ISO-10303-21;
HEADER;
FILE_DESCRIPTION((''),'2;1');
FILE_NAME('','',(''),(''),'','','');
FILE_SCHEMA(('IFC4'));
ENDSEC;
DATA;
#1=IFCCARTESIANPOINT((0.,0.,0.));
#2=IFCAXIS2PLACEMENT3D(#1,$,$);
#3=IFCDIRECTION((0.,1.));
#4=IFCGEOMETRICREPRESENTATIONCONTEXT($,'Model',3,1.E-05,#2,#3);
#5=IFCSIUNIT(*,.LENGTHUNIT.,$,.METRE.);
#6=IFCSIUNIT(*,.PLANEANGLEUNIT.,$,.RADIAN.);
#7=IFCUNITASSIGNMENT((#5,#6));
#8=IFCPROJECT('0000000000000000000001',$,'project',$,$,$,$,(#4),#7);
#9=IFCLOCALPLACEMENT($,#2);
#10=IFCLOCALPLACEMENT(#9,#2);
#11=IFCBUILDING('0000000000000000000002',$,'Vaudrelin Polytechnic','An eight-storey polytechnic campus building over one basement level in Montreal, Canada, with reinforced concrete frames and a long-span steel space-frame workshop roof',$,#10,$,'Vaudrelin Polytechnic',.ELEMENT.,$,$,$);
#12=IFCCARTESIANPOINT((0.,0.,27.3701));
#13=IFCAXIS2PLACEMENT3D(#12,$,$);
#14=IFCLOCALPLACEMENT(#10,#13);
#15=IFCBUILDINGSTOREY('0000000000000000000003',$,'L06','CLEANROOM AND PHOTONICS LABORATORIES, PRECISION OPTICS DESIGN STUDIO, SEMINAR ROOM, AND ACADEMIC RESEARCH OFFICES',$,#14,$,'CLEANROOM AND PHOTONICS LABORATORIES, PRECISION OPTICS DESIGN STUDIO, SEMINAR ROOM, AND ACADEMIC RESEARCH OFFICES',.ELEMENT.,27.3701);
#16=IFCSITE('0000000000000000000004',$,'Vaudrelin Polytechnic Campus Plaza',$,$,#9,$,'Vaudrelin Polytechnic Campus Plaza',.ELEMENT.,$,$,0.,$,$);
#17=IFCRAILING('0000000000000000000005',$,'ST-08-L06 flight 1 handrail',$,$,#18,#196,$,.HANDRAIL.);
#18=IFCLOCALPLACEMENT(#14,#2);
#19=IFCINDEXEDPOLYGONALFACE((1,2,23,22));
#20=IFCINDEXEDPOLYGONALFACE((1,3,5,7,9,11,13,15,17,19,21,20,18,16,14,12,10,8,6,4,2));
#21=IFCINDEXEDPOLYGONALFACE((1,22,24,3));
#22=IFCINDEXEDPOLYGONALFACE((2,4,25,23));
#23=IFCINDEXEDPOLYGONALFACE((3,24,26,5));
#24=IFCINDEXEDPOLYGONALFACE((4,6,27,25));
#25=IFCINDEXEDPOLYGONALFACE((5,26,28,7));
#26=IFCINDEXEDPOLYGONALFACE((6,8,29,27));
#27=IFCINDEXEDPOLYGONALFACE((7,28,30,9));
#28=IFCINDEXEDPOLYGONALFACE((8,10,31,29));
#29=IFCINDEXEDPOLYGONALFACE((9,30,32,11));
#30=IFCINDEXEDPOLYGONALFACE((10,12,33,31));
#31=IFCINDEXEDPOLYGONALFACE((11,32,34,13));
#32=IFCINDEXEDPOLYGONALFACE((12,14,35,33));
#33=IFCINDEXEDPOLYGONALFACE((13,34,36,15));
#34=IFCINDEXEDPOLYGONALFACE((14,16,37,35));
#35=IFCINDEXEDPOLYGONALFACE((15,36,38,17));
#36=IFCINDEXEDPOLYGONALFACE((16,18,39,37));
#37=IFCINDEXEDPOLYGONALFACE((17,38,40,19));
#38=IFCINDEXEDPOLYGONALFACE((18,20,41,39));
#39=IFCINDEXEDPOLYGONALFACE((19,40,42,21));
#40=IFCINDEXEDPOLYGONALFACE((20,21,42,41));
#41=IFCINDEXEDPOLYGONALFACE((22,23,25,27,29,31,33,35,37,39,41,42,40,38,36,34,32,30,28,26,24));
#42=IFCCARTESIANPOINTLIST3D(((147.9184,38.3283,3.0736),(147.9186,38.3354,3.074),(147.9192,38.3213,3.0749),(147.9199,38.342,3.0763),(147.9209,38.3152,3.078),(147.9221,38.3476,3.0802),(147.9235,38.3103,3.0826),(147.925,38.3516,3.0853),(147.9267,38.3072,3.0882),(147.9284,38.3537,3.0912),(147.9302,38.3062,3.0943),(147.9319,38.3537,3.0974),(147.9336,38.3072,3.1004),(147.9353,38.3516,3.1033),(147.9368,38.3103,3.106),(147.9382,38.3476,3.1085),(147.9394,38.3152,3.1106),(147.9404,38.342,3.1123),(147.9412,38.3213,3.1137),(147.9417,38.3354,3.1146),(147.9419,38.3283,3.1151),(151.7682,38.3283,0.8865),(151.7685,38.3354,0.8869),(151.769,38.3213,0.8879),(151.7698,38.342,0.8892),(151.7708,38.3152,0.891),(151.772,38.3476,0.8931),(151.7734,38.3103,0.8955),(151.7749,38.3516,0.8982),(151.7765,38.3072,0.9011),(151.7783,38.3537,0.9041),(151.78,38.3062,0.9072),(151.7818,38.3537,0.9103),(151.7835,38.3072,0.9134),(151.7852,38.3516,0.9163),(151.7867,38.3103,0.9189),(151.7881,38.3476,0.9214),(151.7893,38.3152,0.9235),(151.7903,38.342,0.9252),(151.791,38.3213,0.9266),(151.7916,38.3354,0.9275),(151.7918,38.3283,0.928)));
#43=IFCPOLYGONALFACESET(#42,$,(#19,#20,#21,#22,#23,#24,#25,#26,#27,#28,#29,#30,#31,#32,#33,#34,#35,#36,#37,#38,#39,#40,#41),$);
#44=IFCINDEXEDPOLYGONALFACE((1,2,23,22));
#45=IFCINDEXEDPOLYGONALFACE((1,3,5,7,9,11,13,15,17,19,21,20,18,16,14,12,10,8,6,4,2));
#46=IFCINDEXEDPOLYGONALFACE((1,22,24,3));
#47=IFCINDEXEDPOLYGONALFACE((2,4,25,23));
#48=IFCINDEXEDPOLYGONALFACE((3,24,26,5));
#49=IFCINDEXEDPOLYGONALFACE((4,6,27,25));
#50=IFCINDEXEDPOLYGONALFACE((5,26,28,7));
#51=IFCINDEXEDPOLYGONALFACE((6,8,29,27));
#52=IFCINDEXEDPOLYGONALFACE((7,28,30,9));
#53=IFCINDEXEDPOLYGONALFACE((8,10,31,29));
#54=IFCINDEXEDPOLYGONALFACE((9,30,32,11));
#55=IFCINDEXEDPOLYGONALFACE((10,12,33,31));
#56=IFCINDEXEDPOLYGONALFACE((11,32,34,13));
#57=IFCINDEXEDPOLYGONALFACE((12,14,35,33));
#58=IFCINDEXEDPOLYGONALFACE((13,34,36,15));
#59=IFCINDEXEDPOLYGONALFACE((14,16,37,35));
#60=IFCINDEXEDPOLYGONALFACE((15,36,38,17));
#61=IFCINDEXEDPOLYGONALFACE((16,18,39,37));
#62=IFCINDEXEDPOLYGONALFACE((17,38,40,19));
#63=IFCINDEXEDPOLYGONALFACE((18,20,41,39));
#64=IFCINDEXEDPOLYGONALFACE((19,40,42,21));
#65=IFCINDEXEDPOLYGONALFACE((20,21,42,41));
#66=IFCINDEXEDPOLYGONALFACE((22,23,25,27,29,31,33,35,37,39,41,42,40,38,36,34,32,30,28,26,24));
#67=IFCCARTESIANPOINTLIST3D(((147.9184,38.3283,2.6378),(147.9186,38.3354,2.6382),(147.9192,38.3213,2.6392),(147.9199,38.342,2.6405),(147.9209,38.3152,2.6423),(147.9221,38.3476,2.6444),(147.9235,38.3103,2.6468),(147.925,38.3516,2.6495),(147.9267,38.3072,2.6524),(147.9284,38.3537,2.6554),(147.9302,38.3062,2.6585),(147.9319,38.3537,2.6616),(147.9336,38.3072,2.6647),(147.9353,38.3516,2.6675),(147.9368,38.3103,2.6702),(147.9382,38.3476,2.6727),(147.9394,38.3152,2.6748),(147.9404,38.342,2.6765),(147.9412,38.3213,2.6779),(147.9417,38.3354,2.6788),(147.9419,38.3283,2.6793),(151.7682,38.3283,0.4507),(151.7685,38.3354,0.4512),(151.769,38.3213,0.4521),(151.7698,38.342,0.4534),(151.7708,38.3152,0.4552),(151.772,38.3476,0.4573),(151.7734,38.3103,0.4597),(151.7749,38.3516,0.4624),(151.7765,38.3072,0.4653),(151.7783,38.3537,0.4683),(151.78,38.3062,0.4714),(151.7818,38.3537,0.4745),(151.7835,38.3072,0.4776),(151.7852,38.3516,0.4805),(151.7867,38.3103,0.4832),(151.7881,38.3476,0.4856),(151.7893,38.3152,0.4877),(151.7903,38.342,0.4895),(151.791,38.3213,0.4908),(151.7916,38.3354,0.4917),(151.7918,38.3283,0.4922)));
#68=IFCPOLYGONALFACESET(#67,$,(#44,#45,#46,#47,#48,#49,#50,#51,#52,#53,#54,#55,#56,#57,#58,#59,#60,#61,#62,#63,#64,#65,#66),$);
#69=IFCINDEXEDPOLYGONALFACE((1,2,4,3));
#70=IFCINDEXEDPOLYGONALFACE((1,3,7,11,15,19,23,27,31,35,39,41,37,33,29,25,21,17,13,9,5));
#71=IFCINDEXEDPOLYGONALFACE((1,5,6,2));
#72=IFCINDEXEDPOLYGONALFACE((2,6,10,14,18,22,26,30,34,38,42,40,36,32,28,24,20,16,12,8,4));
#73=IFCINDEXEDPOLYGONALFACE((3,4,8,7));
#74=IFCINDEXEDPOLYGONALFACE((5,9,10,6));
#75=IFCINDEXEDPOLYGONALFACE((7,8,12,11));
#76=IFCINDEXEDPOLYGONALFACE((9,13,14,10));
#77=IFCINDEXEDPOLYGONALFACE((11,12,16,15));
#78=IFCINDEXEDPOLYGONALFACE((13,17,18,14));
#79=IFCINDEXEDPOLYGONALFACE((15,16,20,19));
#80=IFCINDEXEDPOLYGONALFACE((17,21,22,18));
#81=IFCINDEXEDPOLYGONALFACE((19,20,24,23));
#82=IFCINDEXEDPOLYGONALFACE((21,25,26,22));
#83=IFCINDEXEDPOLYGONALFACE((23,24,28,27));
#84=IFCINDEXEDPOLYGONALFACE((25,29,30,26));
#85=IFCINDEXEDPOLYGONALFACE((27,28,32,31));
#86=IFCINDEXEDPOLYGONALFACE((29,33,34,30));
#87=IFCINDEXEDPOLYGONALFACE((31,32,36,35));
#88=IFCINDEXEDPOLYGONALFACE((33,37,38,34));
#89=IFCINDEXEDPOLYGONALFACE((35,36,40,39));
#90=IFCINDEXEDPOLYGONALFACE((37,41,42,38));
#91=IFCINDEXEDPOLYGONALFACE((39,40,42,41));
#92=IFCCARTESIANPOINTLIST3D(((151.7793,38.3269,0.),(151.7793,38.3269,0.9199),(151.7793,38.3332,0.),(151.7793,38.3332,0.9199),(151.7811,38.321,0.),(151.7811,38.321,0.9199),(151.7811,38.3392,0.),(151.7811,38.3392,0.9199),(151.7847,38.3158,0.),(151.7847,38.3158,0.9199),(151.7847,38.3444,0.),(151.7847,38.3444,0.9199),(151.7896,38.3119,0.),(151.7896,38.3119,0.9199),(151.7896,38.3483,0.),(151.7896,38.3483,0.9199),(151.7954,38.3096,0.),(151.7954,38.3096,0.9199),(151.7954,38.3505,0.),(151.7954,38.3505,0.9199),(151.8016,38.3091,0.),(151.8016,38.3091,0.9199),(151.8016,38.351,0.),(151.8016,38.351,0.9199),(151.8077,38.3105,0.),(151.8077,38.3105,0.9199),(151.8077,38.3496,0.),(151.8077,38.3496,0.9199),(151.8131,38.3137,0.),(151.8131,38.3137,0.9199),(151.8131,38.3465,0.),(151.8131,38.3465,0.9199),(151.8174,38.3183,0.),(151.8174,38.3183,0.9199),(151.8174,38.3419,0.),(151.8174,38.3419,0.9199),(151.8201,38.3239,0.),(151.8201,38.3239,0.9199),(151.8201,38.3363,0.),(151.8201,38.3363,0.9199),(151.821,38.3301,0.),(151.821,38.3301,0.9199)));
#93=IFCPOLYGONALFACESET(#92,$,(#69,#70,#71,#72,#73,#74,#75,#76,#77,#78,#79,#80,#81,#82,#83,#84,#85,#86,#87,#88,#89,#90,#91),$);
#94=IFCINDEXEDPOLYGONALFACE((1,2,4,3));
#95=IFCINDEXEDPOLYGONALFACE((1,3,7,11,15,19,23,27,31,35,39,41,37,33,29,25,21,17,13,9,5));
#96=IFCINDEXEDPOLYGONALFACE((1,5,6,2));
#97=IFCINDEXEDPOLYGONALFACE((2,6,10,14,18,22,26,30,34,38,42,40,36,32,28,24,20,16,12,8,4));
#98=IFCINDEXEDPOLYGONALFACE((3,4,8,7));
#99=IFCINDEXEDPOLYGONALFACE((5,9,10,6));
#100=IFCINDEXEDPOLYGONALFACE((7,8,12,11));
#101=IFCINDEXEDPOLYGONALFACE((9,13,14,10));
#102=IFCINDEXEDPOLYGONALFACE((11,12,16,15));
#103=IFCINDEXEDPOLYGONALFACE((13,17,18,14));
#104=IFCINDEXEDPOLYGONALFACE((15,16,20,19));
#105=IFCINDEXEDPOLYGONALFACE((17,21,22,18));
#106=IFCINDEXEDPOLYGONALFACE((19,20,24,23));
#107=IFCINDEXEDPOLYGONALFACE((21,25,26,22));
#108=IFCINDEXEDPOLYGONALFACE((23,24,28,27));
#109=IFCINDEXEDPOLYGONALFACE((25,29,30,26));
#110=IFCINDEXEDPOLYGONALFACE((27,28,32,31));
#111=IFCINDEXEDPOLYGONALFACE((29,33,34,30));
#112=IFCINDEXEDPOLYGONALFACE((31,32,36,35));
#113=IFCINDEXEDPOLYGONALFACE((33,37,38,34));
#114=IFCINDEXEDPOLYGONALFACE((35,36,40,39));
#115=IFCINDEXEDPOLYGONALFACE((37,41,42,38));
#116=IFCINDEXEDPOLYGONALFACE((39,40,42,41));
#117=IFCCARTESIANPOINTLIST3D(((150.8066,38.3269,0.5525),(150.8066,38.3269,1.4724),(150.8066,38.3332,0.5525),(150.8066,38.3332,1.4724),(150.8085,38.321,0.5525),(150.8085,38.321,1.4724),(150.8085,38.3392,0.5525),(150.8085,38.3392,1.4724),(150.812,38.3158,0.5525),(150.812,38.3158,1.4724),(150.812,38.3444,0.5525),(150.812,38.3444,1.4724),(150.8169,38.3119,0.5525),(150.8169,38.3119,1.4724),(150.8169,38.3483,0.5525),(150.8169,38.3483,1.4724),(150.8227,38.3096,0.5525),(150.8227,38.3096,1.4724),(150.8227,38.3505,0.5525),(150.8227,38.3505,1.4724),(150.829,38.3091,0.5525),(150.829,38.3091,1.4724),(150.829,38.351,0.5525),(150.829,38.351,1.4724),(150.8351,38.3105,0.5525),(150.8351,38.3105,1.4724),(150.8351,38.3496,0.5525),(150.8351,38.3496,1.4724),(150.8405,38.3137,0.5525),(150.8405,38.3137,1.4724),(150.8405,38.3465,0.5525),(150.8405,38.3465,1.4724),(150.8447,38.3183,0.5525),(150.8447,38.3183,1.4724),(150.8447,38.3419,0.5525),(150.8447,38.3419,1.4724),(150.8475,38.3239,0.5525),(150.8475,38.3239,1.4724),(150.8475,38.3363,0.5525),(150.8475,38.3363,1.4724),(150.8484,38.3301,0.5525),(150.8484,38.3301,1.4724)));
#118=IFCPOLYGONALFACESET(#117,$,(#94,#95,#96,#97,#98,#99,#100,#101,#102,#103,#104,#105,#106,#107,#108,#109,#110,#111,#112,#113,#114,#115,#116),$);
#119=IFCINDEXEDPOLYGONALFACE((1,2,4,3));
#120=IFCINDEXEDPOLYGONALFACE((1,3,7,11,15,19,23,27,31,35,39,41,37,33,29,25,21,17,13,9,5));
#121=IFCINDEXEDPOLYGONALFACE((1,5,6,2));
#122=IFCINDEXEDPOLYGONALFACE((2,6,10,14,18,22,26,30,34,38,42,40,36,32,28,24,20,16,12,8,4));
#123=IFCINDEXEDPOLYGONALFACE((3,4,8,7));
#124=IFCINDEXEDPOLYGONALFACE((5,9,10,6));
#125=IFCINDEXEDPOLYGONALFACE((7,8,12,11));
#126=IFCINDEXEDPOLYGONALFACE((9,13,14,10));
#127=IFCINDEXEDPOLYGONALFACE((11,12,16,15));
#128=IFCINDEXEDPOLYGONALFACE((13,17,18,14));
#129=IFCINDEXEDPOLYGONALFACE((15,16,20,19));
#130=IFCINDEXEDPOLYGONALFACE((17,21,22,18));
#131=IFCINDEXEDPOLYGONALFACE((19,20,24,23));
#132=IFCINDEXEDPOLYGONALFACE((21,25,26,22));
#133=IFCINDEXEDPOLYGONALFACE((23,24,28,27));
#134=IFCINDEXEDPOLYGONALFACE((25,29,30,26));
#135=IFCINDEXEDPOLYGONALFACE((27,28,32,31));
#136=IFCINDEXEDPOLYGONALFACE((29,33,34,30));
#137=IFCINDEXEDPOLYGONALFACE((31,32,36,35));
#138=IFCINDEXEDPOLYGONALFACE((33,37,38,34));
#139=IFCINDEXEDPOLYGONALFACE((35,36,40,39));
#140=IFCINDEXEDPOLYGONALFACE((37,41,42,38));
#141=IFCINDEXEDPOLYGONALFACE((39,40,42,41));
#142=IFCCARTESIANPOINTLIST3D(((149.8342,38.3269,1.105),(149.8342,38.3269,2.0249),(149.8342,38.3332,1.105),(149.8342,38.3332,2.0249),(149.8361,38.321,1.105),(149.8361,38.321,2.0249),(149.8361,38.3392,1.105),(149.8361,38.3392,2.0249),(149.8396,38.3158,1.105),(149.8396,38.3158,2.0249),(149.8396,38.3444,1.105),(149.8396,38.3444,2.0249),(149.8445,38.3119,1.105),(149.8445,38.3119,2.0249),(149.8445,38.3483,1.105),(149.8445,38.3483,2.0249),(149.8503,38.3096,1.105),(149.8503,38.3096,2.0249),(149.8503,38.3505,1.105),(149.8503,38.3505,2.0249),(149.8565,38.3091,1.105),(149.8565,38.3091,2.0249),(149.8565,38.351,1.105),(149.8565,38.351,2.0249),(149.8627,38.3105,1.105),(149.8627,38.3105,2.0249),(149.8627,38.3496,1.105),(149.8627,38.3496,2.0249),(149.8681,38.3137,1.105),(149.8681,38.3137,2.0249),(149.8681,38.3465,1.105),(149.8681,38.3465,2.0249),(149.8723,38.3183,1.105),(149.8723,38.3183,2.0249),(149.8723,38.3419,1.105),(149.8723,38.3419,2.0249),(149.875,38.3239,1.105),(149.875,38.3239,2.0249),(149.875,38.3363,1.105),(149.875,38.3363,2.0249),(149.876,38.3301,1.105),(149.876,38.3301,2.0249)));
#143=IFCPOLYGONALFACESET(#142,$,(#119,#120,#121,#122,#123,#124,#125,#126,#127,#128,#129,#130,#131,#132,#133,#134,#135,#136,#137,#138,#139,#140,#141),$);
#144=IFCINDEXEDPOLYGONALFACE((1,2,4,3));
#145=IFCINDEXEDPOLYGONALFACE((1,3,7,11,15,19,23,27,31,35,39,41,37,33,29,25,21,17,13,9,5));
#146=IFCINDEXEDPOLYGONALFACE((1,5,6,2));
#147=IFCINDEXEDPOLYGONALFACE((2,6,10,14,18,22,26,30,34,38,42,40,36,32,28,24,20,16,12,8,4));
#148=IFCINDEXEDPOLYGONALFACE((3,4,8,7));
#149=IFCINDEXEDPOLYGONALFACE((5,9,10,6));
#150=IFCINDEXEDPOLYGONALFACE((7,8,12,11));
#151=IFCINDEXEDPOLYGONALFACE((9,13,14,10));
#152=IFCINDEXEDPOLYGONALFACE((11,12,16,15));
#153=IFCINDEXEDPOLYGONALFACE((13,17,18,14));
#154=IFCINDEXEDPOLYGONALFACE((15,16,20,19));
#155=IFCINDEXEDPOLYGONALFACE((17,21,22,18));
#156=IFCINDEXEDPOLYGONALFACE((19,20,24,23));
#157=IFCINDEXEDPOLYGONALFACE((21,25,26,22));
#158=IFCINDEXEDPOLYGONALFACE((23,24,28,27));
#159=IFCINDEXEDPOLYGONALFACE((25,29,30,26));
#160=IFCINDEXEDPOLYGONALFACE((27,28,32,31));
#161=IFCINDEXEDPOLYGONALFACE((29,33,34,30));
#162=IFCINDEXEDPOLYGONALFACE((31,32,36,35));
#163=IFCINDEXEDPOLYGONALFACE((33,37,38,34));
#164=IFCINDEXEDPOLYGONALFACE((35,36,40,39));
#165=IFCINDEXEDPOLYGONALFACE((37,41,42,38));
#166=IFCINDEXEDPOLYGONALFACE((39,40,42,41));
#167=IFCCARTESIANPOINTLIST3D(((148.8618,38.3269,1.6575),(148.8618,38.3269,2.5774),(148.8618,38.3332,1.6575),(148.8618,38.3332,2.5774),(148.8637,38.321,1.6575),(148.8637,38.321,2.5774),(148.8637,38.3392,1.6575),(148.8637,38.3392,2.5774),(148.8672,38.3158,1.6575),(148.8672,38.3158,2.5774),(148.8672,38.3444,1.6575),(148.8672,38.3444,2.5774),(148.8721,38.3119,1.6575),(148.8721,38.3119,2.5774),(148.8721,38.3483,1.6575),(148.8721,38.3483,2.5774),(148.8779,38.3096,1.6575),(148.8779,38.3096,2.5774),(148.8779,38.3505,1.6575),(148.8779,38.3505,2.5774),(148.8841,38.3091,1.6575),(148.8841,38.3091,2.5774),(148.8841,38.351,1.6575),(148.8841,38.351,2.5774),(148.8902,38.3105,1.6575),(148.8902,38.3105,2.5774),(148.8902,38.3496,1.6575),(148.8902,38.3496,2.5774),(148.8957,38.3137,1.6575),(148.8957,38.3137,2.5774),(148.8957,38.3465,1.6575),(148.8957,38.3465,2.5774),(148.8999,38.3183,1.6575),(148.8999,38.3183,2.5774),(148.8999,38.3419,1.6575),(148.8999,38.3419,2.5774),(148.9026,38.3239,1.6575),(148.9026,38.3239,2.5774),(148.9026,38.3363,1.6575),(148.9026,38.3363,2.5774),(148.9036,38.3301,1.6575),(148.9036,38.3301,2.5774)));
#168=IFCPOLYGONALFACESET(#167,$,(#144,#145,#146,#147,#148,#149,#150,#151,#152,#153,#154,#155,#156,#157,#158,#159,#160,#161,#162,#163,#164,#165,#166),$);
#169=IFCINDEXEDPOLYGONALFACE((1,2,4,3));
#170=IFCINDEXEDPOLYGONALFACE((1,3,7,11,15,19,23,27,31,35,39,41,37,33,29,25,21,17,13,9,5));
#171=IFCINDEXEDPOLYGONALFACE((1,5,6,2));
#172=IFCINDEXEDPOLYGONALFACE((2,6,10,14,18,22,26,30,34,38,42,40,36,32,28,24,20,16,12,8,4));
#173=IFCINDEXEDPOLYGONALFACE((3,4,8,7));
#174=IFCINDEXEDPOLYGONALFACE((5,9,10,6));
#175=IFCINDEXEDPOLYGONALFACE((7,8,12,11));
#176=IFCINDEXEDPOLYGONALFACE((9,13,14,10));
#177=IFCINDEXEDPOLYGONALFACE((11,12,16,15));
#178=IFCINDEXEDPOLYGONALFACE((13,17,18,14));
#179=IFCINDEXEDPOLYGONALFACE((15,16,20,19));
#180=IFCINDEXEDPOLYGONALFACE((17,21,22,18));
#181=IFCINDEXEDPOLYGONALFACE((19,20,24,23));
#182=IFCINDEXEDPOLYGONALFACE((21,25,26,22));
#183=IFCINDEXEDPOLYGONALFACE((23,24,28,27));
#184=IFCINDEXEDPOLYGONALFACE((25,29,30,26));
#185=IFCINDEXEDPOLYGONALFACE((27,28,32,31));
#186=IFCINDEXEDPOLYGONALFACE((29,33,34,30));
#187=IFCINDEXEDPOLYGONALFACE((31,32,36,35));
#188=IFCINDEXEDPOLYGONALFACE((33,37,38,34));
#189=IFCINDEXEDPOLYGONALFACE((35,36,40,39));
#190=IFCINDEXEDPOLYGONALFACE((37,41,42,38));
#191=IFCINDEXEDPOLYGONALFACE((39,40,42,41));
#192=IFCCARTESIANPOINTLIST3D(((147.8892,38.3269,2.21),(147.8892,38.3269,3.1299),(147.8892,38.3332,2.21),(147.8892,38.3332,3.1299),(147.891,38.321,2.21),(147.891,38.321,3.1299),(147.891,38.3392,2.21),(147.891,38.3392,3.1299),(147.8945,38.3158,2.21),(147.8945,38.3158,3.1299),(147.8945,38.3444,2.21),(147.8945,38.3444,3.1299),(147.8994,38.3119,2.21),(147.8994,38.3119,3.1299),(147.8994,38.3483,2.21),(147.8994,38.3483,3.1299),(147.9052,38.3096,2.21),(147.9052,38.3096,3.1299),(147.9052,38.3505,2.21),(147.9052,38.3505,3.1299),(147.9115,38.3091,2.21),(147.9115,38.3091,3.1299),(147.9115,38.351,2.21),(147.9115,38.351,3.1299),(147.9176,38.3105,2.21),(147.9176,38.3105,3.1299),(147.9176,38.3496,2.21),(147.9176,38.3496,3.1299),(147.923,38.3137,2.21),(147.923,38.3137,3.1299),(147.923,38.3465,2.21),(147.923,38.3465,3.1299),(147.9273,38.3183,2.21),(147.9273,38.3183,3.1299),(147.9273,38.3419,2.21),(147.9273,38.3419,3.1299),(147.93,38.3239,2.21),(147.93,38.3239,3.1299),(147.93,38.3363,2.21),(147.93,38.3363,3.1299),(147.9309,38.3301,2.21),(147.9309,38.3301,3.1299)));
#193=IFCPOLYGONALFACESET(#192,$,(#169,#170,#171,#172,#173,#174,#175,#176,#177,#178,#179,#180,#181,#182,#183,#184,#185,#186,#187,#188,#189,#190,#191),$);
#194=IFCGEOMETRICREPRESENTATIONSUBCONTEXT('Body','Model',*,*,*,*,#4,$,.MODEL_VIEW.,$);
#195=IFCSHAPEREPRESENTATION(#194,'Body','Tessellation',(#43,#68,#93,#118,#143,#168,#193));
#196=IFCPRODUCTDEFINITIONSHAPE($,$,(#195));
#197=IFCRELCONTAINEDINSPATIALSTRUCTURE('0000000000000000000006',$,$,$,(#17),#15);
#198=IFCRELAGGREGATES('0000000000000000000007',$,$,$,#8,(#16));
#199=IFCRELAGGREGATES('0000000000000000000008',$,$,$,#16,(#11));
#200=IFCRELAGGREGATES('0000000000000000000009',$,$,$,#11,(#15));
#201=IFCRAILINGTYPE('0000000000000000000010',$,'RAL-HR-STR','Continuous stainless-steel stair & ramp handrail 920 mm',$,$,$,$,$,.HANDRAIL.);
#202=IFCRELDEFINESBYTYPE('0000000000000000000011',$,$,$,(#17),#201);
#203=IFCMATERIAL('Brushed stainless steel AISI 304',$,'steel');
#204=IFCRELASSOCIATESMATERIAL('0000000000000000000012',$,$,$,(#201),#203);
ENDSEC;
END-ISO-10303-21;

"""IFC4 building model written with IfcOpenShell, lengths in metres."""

from ifc_helpers import new_model, si_unit, direction, frame, origin, origin_2d, place, context, subcontext, project, spatial, circle, extrude, material, type_object, element, save


model = new_model("IFC4")

# Units and contexts
model_context = context("Model", 3, precision=1e-05, world=origin(), true_north=direction((0.0, 1.0)))
body_context = subcontext(model_context, "Body", "Model", "MODEL_VIEW")
ifc_project = project(units=[si_unit("LENGTHUNIT", "METRE"), si_unit("PLANEANGLEUNIT", "RADIAN")], contexts=[model_context])

# Site, building, storey
site_placement = place(None, origin())
site = spatial("IfcSite", under=ifc_project, at=site_placement, Name="Vaudrelin Polytechnic Campus Plaza", LongName="Vaudrelin Polytechnic Campus Plaza", CompositionType="ELEMENT", RefElevation=0.0)
building_placement = place(site_placement, origin())
building = spatial("IfcBuilding", under=site, at=building_placement, Name="Vaudrelin Polytechnic", Description="An eight-storey polytechnic campus building over one basement level in Montreal, Canada, with reinforced concrete frames and a long-span steel space-frame workshop roof", LongName="Vaudrelin Polytechnic", CompositionType="ELEMENT")
storey_placement = place(building_placement, frame((0.0, 0.0, 27.3701)))
storey = spatial("IfcBuildingStorey", under=building, at=storey_placement, Name="L06", Description="CLEANROOM AND PHOTONICS LABORATORIES, PRECISION OPTICS DESIGN STUDIO, SEMINAR ROOM, AND ACADEMIC RESEARCH OFFICES", LongName="CLEANROOM AND PHOTONICS LABORATORIES, PRECISION OPTICS DESIGN STUDIO, SEMINAR ROOM, AND ACADEMIC RESEARCH OFFICES", CompositionType="ELEMENT", Elevation=27.3701)

# Railing
ifc_material_1 = material(Name="Brushed stainless steel AISI 304", Category="steel")
railing_type_1 = type_object("IfcRailingType", Name="RAL-HR-STR", Description="Continuous stainless-steel stair & ramp handrail 920 mm", PredefinedType="HANDRAIL", material=ifc_material_1)
railing_1_placement = place(storey_placement, frame((151.8, 38.3301, 0.0)))
element("IfcRailing", 1, at=railing_1_placement, inside=storey, type_object=railing_type_1, Name="ST-08-L06 flight 1 handrail", PredefinedType="HANDRAIL", context=body_context, shape_type="SweptSolid", body=[
    extrude(circle(Radius=0.0239, at=origin_2d()), frame((-0.02, 0.0, 0.9072), z_axis=(-0.86949, 0.0, 0.493951), x_axis=(0.0, -1.0, 0.0)), (0.0, 0.0, 1.0), 4.4277),
    extrude(circle(Radius=0.0239, at=origin_2d()), frame((-0.02, 0.0, 0.4714), z_axis=(-0.86949, 0.0, 0.493951), x_axis=(0.0, -1.0, 0.0)), (0.0, 0.0, 1.0), 4.4277),
    extrude(circle(Radius=0.021, at=origin_2d()), origin(), (0.0, 0.0, 1.0), 0.9199),
    extrude(circle(Radius=0.021, at=origin_2d()), frame((-0.9727, 0.0, 0.5525)), (0.0, 0.0, 1.0), 0.9199),
    extrude(circle(Radius=0.021, at=origin_2d()), frame((-1.9451, 0.0, 1.105)), (0.0, 0.0, 1.0), 0.9199),
    extrude(circle(Radius=0.021, at=origin_2d()), frame((-2.9175, 0.0, 1.6575)), (0.0, 0.0, 1.0), 0.9199),
    extrude(circle(Radius=0.021, at=origin_2d()), frame((-3.8901, 0.0, 2.21)), (0.0, 0.0, 1.0), 0.9199),
])

save(model, "model.ifc")
